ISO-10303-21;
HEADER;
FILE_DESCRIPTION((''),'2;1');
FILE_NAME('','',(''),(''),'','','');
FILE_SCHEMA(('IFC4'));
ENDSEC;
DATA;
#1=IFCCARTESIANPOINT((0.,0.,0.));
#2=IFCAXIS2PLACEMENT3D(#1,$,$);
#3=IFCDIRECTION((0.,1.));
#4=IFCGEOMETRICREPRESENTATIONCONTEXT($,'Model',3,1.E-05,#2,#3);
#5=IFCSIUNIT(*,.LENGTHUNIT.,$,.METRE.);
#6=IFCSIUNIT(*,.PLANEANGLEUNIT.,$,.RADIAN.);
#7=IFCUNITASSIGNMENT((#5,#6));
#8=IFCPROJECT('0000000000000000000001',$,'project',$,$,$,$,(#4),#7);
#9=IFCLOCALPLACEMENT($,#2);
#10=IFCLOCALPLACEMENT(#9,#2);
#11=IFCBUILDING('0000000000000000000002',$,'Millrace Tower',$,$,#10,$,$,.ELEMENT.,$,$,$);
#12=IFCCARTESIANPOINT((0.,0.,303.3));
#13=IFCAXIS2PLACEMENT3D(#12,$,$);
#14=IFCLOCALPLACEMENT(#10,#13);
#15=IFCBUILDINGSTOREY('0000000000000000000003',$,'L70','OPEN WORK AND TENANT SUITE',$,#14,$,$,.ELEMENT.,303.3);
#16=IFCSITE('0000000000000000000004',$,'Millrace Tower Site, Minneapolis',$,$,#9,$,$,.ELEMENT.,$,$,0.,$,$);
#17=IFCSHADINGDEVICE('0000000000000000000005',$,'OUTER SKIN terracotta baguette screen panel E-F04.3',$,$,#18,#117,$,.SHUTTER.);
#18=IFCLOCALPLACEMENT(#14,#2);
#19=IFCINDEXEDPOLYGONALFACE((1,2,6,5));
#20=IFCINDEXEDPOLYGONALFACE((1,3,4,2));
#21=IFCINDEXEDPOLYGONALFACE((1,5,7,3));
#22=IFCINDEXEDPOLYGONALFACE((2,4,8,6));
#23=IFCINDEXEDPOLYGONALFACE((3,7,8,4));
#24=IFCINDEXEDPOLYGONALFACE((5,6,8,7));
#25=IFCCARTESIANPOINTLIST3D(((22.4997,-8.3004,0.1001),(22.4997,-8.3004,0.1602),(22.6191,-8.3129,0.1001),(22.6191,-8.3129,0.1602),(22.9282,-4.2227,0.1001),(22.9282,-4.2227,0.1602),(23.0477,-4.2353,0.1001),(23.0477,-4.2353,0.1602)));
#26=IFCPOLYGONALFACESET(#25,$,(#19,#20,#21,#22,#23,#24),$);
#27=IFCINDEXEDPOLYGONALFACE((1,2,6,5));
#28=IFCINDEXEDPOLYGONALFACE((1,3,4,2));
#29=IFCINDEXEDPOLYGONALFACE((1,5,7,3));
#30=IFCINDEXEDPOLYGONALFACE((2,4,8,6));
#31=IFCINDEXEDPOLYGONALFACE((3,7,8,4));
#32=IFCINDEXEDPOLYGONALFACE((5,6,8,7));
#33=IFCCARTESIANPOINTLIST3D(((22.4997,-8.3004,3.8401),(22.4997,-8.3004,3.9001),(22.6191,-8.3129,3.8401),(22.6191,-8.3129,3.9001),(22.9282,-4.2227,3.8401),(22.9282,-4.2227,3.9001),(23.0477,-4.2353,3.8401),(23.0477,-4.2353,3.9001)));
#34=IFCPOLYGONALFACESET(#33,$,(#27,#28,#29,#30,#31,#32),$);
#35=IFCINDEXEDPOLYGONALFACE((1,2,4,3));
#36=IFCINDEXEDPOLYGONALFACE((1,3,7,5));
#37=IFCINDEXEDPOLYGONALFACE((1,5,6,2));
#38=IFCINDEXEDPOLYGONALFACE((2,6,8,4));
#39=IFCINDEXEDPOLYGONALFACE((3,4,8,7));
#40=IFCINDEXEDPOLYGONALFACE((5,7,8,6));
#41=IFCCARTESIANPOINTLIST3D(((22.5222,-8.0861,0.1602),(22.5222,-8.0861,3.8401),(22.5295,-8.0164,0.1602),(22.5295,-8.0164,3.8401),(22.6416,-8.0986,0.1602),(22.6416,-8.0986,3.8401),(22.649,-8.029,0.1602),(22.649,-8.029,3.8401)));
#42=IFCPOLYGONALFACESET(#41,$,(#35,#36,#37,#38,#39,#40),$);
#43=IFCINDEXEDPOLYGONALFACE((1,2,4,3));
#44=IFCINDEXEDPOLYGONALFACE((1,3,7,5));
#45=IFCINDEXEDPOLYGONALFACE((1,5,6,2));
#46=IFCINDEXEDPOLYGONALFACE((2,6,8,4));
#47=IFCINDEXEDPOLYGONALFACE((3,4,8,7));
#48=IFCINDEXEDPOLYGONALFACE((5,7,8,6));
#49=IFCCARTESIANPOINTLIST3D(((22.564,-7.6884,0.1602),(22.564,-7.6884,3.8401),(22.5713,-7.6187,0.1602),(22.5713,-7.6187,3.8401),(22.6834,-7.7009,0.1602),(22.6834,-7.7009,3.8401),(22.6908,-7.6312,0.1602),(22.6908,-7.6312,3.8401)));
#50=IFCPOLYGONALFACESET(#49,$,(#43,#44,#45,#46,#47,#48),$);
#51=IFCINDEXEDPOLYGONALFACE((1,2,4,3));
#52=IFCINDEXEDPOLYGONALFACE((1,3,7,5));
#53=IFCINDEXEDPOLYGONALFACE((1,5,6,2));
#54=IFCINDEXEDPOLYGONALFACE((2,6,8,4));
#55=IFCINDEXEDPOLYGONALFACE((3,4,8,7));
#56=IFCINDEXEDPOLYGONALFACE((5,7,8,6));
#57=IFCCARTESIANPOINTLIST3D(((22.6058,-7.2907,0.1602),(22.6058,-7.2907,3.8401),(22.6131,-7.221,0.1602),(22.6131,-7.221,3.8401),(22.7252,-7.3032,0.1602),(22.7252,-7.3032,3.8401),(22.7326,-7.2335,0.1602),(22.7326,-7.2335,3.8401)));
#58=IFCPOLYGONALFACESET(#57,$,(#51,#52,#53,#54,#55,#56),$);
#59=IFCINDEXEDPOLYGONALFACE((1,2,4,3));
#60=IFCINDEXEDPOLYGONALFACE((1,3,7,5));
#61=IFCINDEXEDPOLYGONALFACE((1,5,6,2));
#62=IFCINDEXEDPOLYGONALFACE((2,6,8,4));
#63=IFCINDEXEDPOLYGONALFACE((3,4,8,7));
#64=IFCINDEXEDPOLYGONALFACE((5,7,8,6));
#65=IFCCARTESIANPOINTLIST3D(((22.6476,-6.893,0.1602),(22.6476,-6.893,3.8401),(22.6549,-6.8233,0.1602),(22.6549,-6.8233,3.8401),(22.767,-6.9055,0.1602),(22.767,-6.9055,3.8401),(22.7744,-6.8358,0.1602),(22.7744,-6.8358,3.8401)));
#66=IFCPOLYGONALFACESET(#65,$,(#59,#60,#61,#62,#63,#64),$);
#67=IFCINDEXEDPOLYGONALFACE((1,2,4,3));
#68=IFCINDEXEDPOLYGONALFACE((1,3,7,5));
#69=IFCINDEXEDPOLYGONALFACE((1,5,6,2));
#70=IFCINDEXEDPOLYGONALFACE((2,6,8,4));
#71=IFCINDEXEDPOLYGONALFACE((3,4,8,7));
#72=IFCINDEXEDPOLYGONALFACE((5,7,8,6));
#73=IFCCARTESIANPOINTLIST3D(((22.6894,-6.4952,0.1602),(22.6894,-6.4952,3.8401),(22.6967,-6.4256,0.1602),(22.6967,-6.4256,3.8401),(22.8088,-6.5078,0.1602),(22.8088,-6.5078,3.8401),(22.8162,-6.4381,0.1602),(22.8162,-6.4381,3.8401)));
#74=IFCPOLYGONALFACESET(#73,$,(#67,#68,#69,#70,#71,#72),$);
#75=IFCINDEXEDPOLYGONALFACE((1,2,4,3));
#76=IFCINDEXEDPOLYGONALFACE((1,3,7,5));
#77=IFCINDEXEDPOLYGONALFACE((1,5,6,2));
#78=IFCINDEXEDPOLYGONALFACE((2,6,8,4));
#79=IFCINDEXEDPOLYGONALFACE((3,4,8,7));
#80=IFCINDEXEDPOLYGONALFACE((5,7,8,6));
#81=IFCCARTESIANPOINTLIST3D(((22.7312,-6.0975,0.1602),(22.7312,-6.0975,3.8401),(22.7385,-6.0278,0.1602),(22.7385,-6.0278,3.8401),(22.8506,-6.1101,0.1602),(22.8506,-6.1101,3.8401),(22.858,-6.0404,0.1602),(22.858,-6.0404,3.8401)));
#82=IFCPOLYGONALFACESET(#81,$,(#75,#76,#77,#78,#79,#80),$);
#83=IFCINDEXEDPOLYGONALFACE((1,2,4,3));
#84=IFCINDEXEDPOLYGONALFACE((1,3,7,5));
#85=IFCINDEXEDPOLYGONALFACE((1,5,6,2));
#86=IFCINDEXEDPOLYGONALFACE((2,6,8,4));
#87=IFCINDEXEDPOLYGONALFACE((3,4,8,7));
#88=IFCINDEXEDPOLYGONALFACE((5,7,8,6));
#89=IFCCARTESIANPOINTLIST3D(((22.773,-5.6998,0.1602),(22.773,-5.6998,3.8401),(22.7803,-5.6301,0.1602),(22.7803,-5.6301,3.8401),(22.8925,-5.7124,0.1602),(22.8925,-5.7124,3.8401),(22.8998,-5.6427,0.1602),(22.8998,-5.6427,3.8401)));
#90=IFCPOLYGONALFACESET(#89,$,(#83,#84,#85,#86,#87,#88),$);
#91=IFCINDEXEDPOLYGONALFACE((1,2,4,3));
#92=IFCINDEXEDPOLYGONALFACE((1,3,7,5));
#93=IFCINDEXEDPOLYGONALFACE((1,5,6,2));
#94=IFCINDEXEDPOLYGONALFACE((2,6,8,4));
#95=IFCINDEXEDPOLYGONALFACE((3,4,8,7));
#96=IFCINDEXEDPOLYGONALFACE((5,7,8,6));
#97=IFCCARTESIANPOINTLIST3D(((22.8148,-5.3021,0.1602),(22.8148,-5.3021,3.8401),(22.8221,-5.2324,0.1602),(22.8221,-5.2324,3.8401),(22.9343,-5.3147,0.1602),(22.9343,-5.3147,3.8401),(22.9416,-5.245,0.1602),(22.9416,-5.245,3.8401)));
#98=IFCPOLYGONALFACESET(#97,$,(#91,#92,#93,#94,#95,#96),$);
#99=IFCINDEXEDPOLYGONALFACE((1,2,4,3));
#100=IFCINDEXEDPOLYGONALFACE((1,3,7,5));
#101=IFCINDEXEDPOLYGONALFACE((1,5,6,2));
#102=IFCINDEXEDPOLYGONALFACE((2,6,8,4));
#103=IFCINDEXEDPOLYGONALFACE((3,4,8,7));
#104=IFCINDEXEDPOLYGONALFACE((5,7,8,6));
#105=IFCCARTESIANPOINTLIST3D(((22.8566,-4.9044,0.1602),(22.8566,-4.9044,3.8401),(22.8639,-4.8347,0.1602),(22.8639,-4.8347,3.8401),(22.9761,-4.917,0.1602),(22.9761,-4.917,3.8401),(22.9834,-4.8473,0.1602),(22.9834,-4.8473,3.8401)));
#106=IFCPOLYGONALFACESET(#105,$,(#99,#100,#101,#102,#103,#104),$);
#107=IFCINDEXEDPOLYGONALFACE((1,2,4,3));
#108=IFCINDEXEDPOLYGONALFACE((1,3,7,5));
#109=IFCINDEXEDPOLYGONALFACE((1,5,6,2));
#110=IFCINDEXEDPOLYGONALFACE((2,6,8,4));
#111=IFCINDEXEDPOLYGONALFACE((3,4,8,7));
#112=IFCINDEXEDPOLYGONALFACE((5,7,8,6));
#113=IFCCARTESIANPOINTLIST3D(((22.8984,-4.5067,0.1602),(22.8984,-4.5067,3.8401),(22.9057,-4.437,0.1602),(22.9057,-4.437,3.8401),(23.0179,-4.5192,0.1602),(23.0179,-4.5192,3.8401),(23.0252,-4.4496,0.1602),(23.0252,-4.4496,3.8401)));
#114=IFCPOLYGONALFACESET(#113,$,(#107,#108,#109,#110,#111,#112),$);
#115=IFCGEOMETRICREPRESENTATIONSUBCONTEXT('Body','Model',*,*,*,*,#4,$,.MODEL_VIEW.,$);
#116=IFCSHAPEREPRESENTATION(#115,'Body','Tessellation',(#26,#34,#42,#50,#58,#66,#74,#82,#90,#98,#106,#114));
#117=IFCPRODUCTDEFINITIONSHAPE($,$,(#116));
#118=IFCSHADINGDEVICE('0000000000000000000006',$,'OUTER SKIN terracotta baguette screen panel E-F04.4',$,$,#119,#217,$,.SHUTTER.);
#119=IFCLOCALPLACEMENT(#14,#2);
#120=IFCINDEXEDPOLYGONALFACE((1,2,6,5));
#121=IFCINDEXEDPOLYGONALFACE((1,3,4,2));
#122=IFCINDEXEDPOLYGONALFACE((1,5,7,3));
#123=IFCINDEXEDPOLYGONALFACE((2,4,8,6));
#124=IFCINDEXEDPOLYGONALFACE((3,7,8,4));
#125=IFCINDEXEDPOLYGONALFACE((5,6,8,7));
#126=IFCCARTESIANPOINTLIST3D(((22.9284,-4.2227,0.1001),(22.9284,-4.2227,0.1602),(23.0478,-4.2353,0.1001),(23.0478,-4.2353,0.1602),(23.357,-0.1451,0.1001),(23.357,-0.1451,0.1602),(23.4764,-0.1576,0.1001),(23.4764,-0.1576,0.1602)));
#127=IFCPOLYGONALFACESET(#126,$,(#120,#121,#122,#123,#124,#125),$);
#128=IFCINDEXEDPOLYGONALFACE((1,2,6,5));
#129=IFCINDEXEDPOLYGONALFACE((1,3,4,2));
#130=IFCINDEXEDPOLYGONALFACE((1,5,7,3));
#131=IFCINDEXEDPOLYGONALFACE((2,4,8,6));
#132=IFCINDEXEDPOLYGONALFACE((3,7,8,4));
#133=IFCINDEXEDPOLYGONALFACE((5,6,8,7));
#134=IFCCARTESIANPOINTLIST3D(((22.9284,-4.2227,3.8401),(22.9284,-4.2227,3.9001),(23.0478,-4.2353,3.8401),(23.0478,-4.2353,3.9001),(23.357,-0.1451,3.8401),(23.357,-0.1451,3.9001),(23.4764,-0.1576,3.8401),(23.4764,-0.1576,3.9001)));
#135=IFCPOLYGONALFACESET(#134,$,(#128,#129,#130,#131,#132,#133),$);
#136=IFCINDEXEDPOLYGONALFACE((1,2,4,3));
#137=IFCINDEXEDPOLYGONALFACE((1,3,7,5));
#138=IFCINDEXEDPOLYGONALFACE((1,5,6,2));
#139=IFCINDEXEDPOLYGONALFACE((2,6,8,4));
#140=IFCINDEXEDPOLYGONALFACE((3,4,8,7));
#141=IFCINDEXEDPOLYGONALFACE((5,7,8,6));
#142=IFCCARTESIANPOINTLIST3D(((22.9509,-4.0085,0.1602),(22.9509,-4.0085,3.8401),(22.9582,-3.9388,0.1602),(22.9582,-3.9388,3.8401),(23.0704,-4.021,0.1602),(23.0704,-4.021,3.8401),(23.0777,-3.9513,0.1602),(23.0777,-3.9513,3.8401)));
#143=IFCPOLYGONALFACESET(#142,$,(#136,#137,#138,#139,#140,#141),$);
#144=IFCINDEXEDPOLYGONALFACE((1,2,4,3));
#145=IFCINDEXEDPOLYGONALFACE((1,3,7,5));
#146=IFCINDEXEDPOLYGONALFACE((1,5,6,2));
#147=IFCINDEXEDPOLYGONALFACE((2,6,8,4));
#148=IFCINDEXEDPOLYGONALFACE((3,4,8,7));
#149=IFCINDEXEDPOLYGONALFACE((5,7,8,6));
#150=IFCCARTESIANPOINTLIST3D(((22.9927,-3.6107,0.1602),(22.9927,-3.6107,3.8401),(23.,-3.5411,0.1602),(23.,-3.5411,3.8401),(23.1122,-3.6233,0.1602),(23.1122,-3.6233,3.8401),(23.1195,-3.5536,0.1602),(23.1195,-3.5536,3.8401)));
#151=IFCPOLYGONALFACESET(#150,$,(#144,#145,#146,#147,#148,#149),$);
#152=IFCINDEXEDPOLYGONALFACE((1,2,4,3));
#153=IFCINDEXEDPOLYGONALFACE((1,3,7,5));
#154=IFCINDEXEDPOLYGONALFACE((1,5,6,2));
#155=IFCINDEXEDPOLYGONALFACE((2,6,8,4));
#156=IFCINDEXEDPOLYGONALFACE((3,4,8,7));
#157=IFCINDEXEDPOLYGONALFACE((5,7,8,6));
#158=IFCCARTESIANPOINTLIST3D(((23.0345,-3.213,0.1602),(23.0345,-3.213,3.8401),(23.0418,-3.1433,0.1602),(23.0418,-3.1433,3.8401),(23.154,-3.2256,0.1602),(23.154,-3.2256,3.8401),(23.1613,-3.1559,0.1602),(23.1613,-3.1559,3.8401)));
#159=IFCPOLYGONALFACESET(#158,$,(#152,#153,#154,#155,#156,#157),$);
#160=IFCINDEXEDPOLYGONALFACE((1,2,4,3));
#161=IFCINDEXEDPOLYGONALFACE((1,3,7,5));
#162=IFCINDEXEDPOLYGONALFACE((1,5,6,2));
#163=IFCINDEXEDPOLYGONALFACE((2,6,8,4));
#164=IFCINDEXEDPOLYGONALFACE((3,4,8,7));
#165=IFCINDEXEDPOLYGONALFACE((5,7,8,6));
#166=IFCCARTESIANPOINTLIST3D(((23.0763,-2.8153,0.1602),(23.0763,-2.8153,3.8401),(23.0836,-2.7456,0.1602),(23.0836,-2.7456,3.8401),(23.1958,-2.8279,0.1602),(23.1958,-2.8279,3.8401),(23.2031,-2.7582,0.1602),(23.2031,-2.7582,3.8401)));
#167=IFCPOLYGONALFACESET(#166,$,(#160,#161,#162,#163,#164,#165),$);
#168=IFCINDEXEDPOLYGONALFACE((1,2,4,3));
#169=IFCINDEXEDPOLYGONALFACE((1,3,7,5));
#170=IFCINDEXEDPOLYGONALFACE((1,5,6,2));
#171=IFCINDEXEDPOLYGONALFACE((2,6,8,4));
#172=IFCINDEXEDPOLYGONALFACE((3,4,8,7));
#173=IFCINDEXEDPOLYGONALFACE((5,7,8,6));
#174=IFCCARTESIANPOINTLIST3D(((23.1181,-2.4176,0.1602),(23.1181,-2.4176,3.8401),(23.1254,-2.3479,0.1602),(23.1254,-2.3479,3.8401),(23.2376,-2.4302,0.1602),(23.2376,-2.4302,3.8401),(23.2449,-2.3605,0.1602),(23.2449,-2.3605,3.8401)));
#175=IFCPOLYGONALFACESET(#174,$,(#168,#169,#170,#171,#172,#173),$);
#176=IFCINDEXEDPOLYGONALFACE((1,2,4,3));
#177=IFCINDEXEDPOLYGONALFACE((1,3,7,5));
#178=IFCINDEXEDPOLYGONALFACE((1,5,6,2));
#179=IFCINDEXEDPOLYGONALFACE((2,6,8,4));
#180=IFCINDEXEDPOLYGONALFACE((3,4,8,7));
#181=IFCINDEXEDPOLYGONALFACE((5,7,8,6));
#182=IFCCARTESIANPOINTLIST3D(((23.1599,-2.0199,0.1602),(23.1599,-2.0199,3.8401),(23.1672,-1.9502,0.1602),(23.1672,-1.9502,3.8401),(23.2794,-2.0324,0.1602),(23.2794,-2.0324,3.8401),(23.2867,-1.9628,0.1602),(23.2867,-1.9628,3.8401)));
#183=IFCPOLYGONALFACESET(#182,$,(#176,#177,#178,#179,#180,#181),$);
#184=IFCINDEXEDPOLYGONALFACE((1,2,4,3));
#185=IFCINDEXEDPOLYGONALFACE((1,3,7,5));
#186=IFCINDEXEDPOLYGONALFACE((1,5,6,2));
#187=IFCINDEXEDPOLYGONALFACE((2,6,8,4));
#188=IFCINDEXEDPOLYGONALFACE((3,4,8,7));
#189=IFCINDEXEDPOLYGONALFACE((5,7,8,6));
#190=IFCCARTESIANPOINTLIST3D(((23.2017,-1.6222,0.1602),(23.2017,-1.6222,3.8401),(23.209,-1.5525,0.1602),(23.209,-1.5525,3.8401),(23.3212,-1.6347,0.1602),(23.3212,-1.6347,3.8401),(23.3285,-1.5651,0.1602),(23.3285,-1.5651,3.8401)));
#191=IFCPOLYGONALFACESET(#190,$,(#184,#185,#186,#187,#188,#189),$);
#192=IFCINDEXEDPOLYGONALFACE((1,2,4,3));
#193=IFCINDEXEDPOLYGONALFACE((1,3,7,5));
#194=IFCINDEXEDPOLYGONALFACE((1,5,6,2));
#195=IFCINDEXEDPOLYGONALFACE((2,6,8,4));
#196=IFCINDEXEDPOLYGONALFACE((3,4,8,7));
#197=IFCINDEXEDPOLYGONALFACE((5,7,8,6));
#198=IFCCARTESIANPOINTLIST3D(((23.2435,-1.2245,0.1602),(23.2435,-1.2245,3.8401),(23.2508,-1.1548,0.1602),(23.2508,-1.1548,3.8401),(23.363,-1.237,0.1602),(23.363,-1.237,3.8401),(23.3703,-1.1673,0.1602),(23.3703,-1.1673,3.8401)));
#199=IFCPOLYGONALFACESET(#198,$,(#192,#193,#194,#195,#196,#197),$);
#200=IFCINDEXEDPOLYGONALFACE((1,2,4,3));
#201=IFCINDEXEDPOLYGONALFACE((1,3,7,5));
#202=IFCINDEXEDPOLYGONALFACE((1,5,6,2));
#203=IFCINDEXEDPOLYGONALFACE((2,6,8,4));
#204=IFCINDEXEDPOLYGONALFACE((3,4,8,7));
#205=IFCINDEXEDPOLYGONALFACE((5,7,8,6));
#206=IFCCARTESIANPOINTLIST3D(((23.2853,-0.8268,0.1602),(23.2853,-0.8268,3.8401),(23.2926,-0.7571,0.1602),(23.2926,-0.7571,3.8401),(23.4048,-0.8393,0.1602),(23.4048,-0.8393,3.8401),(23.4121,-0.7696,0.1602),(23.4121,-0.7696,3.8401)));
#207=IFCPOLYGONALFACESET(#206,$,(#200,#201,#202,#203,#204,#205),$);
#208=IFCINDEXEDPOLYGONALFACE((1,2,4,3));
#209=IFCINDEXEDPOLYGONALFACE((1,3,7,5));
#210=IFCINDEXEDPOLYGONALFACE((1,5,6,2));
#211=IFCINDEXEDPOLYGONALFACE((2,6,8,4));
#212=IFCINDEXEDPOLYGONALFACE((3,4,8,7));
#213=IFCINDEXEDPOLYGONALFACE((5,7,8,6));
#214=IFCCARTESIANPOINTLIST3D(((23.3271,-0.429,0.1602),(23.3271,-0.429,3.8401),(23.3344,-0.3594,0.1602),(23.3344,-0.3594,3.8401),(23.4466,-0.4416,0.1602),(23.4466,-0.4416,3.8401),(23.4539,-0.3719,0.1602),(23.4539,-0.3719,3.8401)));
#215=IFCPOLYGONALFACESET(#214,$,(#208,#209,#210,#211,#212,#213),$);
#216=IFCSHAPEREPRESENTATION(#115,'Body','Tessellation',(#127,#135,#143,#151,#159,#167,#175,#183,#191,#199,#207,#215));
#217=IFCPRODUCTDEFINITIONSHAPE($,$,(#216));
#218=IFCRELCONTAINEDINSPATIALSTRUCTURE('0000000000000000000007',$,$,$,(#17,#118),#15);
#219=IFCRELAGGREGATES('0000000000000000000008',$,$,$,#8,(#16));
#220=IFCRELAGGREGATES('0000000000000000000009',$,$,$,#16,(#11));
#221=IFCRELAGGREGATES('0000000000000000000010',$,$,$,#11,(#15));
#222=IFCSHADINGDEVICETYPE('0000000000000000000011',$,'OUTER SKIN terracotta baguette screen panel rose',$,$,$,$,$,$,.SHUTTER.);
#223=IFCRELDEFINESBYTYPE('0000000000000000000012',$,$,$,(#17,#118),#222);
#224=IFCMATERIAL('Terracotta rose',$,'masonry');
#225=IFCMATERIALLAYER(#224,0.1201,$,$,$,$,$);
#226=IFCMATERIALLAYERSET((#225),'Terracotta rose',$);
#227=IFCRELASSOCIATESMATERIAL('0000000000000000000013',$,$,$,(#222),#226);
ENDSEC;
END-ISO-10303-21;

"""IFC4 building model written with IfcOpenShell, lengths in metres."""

from ifc_helpers import new_model, entity, si_unit, direction, frame, frame_2d, origin, place, context, subcontext, project, spatial, rectangle, extrude, source, transform, mapped, material, layer, layer_set, type_object, element, save


model = new_model("IFC4")

# Units and contexts
model_context = context("Model", 3, precision=1e-05, world=origin(), true_north=direction((0.0, 1.0)))
body_context = subcontext(model_context, "Body", "Model", "MODEL_VIEW")
ifc_project = project(units=[si_unit("LENGTHUNIT", "METRE"), si_unit("PLANEANGLEUNIT", "RADIAN")], contexts=[model_context])

# Site, building, storey
site_placement = place(None, origin())
site = spatial("IfcSite", under=ifc_project, at=site_placement, Name="Millrace Tower Site, Minneapolis", CompositionType="ELEMENT", RefElevation=0.0)
building_placement = place(site_placement, origin())
building = spatial("IfcBuilding", under=site, at=building_placement, Name="Millrace Tower", CompositionType="ELEMENT")
storey_placement = place(building_placement, frame((0.0, 0.0, 303.3)))
storey = spatial("IfcBuildingStorey", under=building, at=storey_placement, Name="L70", Description="OPEN WORK AND TENANT SUITE", CompositionType="ELEMENT", Elevation=303.3)

# Shading devices
ifc_material_1 = material(Name="Terracotta rose", Category="masonry")
ifc_layer_1 = layer(ifc_material_1, 0.1201)
ifc_layer_set_1 = layer_set([ifc_layer_1], Name="Terracotta rose")
shading_device_type = type_object("IfcShadingDeviceType", Name="OUTER SKIN terracotta baguette screen panel rose", PredefinedType="SHUTTER", material=ifc_layer_set_1)
cartesian_point = entity("IfcCartesianPoint", [-2.05, 0.0601])
shared_polyline = entity("IfcPolyline", [cartesian_point, entity("IfcCartesianPoint", [2.05, 0.0601]), entity("IfcCartesianPoint", [2.05, -0.0601]), entity("IfcCartesianPoint", [-2.05, -0.0601]), cartesian_point])
shared_shape = source(origin(), body_context, "Body", "SweptSolid", [
    entity("IfcExtrudedAreaSolid", entity("IfcArbitraryClosedProfileDef", "AREA", None, shared_polyline), entity("IfcAxis2Placement3D", entity("IfcCartesianPoint", [0.0, 0.0, 0.0])), entity("IfcDirection", [0.0, 0.0, 1.0]), 0.0601),
    entity("IfcExtrudedAreaSolid", entity("IfcArbitraryClosedProfileDef", "AREA", None, shared_polyline), entity("IfcAxis2Placement3D", entity("IfcCartesianPoint", [0.0, 0.0, 3.74])), entity("IfcDirection", [0.0, 0.0, 1.0]), 0.0601),
    extrude(rectangle(XDim=0.0701, YDim=0.1201, at=frame_2d((-1.7996, 0.0))), frame((0.0, 0.0, 0.0601)), (0.0, 0.0, 1.0), 3.6799),
    extrude(rectangle(XDim=0.0701, YDim=0.1201, at=frame_2d((-1.3997, 0.0))), frame((0.0, 0.0, 0.0601)), (0.0, 0.0, 1.0), 3.6799),
    extrude(rectangle(XDim=0.0701, YDim=0.1201, at=frame_2d((-0.9998, 0.0))), frame((0.0, 0.0, 0.0601)), (0.0, 0.0, 1.0), 3.6799),
    extrude(rectangle(XDim=0.0701, YDim=0.1201, at=frame_2d((-0.5999, 0.0))), frame((0.0, 0.0, 0.0601)), (0.0, 0.0, 1.0), 3.6799),
    extrude(rectangle(XDim=0.0701, YDim=0.1201, at=frame_2d((-0.2, 0.0))), frame((0.0, 0.0, 0.0601)), (0.0, 0.0, 1.0), 3.6799),
    extrude(rectangle(XDim=0.0701, YDim=0.1201, at=frame_2d((0.2, 0.0))), frame((0.0, 0.0, 0.0601)), (0.0, 0.0, 1.0), 3.6799),
    extrude(rectangle(XDim=0.0701, YDim=0.1201, at=frame_2d((0.5999, 0.0))), frame((0.0, 0.0, 0.0601)), (0.0, 0.0, 1.0), 3.6799),
    extrude(rectangle(XDim=0.0701, YDim=0.1201, at=frame_2d((0.9998, 0.0))), frame((0.0, 0.0, 0.0601)), (0.0, 0.0, 1.0), 3.6799),
    extrude(rectangle(XDim=0.0701, YDim=0.1201, at=frame_2d((1.3997, 0.0))), frame((0.0, 0.0, 0.0601)), (0.0, 0.0, 1.0), 3.6799),
    extrude(rectangle(XDim=0.0701, YDim=0.1201, at=frame_2d((1.7996, 0.0))), frame((0.0, 0.0, 0.0601)), (0.0, 0.0, 1.0), 3.6799),
])
for number, where, z_axis, x_axis, name in (
    (1, (22.7737, -6.2678, 0.1001), (0.0, 0.0, 1.0), (0.104528, 0.994522, 0.0), "OUTER SKIN terracotta baguette screen panel E-F04.3"),
    (2, (23.2024, -2.1902, 0.1001), (0.0, 0.0, 1.0), (0.104528, 0.994522, 0.0), "OUTER SKIN terracotta baguette screen panel E-F04.4"),
):
    element("IfcShadingDevice", number, at=place(storey_placement, frame(where, z_axis=z_axis, x_axis=x_axis)), inside=storey, type_object=shading_device_type, Name=name, PredefinedType="SHUTTER", context=body_context, shape_type="MappedRepresentation", body=[
        mapped(shared_shape, transform((0.0, 0.0, 0.0), scale=1.0)),
    ])

save(model, "model.ifc")
